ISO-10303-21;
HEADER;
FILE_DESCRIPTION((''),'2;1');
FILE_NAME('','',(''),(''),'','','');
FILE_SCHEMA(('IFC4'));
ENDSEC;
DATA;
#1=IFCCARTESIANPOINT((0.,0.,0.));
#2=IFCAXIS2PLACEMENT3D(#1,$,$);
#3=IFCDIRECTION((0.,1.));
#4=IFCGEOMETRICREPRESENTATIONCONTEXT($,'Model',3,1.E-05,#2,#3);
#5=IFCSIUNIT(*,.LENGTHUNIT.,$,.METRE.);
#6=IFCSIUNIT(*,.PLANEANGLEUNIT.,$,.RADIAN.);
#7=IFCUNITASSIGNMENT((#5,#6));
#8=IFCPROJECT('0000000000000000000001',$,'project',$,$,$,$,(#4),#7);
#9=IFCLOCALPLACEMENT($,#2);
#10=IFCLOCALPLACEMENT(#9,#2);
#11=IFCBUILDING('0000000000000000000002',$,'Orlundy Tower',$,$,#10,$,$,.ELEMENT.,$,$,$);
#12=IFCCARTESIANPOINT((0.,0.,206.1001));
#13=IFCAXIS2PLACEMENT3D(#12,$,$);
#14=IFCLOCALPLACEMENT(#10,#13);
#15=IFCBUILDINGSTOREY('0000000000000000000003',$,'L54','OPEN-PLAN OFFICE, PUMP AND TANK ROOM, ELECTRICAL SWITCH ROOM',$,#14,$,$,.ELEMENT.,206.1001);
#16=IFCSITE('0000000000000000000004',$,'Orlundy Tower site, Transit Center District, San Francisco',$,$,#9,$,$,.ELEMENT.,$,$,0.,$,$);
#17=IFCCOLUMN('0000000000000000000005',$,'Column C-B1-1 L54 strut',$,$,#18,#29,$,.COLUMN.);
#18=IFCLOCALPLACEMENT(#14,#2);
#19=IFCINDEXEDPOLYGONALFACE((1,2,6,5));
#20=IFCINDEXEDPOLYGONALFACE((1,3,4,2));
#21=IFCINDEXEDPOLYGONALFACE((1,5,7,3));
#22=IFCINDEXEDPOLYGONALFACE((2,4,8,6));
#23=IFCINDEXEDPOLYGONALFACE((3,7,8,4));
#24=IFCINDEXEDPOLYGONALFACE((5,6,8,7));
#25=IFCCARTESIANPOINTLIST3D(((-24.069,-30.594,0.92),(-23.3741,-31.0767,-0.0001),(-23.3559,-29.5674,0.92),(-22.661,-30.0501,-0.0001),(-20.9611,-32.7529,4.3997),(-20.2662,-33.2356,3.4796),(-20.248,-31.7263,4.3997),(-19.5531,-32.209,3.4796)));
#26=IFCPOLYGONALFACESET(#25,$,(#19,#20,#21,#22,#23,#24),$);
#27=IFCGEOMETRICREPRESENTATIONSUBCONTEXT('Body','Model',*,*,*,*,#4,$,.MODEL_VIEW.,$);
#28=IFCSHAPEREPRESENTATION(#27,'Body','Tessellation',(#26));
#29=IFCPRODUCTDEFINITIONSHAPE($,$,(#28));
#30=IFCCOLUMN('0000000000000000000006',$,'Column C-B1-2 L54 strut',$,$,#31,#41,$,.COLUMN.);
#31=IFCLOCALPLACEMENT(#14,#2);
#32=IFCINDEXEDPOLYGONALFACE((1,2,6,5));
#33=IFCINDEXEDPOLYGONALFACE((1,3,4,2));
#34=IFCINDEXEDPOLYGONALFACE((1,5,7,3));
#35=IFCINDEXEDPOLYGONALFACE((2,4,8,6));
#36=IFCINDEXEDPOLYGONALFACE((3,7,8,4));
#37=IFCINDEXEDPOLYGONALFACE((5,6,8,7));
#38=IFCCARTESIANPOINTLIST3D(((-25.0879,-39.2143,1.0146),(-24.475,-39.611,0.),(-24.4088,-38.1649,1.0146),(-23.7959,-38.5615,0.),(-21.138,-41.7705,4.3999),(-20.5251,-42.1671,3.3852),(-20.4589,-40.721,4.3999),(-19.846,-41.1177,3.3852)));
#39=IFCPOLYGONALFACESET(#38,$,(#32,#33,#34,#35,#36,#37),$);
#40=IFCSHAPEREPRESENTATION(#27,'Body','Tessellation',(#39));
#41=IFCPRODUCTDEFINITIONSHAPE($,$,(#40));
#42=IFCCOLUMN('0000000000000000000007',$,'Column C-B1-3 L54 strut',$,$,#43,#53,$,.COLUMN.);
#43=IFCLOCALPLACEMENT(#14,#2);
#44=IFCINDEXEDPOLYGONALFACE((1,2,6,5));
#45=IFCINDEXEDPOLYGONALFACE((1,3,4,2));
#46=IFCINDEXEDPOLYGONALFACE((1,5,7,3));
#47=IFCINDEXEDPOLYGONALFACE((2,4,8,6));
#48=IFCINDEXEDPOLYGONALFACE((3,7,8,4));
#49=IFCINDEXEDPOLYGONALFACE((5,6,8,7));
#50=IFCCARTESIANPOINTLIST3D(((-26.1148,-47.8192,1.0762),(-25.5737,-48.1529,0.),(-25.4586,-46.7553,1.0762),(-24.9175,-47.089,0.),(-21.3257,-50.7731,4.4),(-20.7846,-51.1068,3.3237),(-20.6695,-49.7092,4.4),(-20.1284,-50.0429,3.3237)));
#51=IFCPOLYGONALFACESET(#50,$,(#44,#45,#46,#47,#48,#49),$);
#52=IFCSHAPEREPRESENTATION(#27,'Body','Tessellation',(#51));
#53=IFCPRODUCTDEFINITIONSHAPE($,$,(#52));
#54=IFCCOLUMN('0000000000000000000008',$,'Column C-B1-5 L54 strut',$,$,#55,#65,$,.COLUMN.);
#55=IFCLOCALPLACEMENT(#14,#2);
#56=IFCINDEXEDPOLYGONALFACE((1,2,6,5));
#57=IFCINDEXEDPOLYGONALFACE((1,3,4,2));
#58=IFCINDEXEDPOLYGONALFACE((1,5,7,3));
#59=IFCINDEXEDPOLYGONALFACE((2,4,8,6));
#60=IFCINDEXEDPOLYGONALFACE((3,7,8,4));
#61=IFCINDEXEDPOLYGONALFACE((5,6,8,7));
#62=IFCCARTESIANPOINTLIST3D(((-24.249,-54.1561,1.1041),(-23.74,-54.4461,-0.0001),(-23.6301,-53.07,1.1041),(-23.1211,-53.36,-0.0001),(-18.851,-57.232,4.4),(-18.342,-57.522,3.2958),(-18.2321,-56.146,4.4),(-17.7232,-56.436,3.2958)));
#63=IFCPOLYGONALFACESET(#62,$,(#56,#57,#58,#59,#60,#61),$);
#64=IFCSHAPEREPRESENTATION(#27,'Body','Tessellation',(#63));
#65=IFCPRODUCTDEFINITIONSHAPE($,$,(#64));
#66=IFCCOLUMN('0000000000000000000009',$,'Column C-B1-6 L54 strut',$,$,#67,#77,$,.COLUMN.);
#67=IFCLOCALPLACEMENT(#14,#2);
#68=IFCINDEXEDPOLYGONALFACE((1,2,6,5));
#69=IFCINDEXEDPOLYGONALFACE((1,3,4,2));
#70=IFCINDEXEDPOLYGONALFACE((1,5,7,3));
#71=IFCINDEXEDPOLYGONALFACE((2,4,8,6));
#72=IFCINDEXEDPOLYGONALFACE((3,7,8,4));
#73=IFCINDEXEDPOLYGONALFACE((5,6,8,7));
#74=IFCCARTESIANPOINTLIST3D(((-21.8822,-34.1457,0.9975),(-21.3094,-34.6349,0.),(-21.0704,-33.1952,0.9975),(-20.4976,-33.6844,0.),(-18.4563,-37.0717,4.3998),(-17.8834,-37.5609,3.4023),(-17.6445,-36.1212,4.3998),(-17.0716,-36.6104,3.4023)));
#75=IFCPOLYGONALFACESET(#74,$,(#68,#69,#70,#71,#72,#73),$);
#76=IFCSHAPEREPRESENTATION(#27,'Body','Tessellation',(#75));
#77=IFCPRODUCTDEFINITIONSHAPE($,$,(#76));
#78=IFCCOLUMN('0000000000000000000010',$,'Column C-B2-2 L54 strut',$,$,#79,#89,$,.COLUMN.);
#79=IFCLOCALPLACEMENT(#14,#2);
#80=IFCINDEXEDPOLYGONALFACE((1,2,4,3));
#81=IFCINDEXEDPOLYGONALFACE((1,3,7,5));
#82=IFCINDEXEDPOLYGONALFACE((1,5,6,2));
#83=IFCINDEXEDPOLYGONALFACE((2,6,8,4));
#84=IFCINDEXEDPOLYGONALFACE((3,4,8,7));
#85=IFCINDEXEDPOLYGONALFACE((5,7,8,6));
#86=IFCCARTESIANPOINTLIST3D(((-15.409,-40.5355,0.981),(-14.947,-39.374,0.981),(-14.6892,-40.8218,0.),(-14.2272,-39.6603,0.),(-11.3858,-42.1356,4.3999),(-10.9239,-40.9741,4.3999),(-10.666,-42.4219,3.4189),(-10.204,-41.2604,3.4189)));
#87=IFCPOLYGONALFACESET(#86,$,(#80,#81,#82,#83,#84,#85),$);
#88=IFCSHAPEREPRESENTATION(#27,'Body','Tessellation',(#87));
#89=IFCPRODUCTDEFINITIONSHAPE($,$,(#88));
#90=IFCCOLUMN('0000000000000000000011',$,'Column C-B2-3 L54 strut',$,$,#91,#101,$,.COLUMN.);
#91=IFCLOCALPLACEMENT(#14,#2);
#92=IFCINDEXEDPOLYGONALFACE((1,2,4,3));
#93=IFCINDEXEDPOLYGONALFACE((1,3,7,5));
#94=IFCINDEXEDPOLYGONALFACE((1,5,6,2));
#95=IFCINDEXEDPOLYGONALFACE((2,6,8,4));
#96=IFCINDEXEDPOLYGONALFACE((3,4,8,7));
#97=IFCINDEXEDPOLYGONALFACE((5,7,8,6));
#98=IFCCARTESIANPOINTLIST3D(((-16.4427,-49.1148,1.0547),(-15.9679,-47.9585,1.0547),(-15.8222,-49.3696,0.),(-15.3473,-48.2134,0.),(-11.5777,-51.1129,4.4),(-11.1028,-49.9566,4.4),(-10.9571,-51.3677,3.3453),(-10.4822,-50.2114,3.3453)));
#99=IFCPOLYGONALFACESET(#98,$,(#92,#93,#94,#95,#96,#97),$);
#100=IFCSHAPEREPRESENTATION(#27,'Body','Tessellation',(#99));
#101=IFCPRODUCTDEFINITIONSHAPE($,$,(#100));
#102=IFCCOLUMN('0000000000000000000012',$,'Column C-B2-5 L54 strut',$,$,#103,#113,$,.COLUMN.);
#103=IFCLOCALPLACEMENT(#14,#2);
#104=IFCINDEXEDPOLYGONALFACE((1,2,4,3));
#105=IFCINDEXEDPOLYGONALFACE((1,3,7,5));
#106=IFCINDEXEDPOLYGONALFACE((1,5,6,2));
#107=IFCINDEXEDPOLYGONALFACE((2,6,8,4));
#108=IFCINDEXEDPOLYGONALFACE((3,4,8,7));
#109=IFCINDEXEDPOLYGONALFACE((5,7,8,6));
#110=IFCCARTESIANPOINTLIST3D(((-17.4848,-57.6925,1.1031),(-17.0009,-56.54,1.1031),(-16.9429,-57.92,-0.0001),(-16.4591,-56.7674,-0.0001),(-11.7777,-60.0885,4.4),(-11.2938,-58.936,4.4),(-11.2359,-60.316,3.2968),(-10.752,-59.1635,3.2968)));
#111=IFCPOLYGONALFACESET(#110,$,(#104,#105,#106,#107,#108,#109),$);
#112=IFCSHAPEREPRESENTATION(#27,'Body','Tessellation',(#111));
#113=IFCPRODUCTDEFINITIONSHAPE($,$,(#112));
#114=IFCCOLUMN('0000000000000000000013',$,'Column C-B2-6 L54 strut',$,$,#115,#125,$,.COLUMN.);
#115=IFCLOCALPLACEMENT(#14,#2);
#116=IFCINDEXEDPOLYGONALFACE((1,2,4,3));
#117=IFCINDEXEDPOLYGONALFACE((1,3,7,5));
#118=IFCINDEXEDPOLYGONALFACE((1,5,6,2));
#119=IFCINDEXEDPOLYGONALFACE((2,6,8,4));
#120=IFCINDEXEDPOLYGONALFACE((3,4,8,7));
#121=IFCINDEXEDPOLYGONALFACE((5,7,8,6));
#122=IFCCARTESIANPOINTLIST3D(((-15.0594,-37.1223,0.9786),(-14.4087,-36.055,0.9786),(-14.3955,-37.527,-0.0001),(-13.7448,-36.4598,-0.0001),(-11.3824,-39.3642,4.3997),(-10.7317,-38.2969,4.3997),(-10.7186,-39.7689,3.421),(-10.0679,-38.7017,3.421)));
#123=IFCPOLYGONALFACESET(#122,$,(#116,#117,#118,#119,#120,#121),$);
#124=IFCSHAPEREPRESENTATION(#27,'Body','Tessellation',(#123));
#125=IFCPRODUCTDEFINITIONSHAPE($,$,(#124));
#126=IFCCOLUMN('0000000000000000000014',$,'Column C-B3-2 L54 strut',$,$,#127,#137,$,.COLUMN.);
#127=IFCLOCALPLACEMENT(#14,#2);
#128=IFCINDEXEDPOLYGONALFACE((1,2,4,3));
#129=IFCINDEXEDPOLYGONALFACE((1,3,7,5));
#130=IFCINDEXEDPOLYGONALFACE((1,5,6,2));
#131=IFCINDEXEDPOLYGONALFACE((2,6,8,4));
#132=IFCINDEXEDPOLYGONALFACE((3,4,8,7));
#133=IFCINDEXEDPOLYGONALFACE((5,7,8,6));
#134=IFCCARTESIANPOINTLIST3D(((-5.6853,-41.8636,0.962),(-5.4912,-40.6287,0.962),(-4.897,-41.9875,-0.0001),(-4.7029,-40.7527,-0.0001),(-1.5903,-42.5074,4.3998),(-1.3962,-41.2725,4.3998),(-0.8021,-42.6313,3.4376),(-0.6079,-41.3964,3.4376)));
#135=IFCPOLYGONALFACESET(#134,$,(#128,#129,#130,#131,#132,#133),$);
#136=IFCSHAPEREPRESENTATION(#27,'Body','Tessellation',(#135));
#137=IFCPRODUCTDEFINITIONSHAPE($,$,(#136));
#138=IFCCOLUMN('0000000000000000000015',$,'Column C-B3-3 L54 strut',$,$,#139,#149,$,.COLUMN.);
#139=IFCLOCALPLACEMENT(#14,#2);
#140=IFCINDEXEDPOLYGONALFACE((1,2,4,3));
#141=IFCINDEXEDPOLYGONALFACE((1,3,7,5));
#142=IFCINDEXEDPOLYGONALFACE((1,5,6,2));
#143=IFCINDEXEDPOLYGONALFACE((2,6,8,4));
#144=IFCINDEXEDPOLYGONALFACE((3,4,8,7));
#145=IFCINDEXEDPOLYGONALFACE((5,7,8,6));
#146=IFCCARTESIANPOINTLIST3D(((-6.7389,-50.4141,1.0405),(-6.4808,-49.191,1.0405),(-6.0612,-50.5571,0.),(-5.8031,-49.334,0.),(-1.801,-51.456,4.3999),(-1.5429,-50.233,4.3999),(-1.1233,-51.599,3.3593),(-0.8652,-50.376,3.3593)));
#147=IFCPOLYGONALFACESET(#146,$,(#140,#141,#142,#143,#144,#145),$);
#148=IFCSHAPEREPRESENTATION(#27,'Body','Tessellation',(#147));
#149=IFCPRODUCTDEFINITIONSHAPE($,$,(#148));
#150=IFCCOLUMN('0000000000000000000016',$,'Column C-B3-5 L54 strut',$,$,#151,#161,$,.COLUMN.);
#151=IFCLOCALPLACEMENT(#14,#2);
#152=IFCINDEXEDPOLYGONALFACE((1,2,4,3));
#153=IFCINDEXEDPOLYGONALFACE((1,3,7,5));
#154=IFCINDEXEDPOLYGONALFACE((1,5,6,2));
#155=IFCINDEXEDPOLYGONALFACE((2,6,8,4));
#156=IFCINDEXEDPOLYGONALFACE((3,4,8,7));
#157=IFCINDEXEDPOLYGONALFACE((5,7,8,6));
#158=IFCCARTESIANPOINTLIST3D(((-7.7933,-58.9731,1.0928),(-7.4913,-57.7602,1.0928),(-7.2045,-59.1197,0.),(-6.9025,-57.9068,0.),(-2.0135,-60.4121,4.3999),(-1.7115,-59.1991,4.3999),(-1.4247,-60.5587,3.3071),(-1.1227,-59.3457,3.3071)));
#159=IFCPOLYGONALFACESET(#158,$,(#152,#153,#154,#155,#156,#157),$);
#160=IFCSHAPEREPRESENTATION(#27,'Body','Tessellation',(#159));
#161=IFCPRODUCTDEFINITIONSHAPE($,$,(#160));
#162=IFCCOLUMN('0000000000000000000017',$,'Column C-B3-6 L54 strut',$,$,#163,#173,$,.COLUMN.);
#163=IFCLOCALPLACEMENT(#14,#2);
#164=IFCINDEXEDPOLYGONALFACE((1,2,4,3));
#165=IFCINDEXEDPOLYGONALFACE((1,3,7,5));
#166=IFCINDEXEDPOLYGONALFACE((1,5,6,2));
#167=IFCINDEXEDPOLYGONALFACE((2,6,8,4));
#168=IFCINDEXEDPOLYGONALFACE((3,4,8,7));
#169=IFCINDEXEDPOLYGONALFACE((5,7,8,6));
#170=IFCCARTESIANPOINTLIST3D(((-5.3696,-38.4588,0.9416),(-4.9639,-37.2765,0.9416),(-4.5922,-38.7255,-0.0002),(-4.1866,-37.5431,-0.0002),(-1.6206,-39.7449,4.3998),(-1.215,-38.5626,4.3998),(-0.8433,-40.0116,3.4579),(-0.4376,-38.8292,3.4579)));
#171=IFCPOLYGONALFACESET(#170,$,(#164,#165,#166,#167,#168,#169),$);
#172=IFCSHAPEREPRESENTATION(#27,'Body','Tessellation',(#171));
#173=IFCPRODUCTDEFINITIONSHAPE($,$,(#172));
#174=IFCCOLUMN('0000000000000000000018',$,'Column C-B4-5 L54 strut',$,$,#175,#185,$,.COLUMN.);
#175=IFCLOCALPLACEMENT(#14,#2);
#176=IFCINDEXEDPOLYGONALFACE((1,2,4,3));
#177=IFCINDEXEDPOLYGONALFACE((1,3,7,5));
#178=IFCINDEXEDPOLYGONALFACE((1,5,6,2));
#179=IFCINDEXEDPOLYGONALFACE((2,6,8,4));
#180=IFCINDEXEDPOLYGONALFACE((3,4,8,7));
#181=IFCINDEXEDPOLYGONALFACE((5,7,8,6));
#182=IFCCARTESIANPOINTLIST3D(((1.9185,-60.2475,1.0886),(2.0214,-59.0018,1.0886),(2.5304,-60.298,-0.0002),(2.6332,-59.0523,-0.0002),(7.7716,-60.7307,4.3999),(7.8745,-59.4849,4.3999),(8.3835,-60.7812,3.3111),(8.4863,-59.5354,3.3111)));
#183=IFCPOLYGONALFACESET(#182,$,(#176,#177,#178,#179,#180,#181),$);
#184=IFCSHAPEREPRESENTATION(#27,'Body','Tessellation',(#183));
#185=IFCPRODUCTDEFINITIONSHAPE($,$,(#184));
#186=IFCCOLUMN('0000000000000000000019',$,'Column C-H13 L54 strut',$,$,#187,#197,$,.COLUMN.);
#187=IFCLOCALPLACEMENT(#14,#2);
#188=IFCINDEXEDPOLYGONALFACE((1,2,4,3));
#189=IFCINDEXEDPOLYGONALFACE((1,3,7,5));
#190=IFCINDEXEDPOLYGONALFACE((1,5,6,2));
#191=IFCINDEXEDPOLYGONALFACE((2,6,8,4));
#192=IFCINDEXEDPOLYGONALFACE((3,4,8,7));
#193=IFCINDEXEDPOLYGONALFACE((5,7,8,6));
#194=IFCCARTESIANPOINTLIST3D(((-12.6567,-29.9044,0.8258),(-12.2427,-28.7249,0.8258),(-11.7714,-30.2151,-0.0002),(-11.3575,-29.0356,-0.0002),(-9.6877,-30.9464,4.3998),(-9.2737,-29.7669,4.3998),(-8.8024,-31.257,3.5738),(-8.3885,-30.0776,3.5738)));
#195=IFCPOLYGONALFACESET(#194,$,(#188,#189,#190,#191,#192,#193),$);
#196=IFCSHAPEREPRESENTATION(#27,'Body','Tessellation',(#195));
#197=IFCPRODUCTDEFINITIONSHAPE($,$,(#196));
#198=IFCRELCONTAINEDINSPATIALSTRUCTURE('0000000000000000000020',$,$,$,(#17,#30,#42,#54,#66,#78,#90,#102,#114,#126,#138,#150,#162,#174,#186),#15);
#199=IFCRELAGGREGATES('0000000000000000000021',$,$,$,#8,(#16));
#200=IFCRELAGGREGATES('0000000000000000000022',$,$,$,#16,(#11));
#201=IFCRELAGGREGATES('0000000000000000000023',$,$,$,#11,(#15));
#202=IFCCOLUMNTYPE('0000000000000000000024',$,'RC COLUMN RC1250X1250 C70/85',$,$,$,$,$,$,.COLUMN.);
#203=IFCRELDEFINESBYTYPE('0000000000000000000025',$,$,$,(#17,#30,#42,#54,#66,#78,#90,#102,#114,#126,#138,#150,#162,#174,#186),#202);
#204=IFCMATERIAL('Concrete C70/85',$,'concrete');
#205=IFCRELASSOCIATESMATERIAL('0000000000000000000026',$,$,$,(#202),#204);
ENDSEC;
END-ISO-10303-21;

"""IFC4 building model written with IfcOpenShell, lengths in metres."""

from ifc_helpers import new_model, si_unit, direction, frame, origin, origin_2d, place, context, subcontext, project, spatial, rectangle, extrude, material, material_profile, profile_set, type_object, element, save


model = new_model("IFC4")

# Units and contexts
model_context = context("Model", 3, precision=1e-05, world=origin(), true_north=direction((0.0, 1.0)))
body_context = subcontext(model_context, "Body", "Model", "MODEL_VIEW")
ifc_project = project(units=[si_unit("LENGTHUNIT", "METRE"), si_unit("PLANEANGLEUNIT", "RADIAN")], contexts=[model_context])

# Site, building, storey
site_placement = place(None, origin())
site = spatial("IfcSite", under=ifc_project, at=site_placement, Name="Orlundy Tower site, Transit Center District, San Francisco", CompositionType="ELEMENT", RefElevation=0.0)
building_placement = place(site_placement, origin())
building = spatial("IfcBuilding", under=site, at=building_placement, Name="Orlundy Tower", CompositionType="ELEMENT")
storey_placement = place(building_placement, frame((0.0, 0.0, 206.1001)))
storey = spatial("IfcBuildingStorey", under=building, at=storey_placement, Name="L54", Description="OPEN-PLAN OFFICE, PUMP AND TANK ROOM, ELECTRICAL SWITCH ROOM", CompositionType="ELEMENT", Elevation=206.1001)

# Columns
ifc_material_1 = material(Name="Concrete C70/85", Category="concrete")
ifc_material_profile_1 = material_profile(ifc_material_1, rectangle(XDim=1.25, YDim=1.25, at=origin_2d()), Name="RC1250X1250")
ifc_profile_set_1 = profile_set([ifc_material_profile_1], Name="Concrete C70/85")
column_type = type_object("IfcColumnType", Name="RC COLUMN RC1250X1250 C70/85", PredefinedType="COLUMN", material=ifc_profile_set_1)
column_1_placement = place(storey_placement, frame((-23.365, -30.322, 0.46), z_axis=(0.604548, -0.419954, 0.676875), x_axis=(0.570514, 0.821288, 0.0)))
element("IfcColumn", 1, at=column_1_placement, inside=storey, type_object=column_type, Name="Column C-B1-1 L54 strut", PredefinedType="COLUMN", context=body_context, shape_type="SweptSolid", body=[
    extrude(rectangle(XDim=1.25, YDim=1.25, at=origin_2d()), origin(), (0.0, 0.0, 1.0), 5.1409),
])
column_2_placement = place(storey_placement, frame((-24.4419, -38.8879, 0.5073), z_axis=(0.681472, -0.441005, 0.584047), x_axis=(0.543296, 0.839541, 0.0)))
element("IfcColumn", 2, at=column_2_placement, inside=storey, type_object=column_type, Name="Column C-B1-2 L54 strut", PredefinedType="COLUMN", context=body_context, shape_type="SweptSolid", body=[
    extrude(rectangle(XDim=1.25, YDim=1.25, at=origin_2d()), origin(), (0.0, 0.0, 1.0), 5.7961),
])
column_3_placement = place(storey_placement, frame((-25.5161, -47.4541, 0.5381), z_axis=(0.732821, -0.451999, 0.508596), x_axis=(0.524966, 0.851123, 0.0)))
element("IfcColumn", 3, at=column_3_placement, inside=storey, type_object=column_type, Name="Column C-B1-3 L54 strut", PredefinedType="COLUMN", context=body_context, shape_type="SweptSolid", body=[
    extrude(rectangle(XDim=1.25, YDim=1.25, at=origin_2d()), origin(), (0.0, 0.0, 1.0), 6.5352),
])
column_4_placement = place(storey_placement, frame((-23.6851, -53.7581, 0.552), z_axis=(0.767525, -0.437361, 0.468638), x_axis=(0.495093, 0.86884, 0.0)))
element("IfcColumn", 4, at=column_4_placement, inside=storey, type_object=column_type, Name="Column C-B1-5 L54 strut", PredefinedType="COLUMN", context=body_context, shape_type="SweptSolid", body=[
    extrude(rectangle(XDim=1.25, YDim=1.25, at=origin_2d()), origin(), (0.0, 0.0, 1.0), 7.033),
])
column_5_placement = place(storey_placement, frame((-21.1899, -33.915, 0.4988), z_axis=(0.606826, -0.518265, 0.602631), x_axis=(0.649438, 0.760414, 0.0)))
element("IfcColumn", 5, at=column_5_placement, inside=storey, type_object=column_type, Name="Column C-B1-6 L54 strut", PredefinedType="COLUMN", context=body_context, shape_type="SweptSolid", body=[
    extrude(rectangle(XDim=1.25, YDim=1.25, at=origin_2d()), origin(), (0.0, 0.0, 1.0), 5.6458),
])
column_6_placement = place(storey_placement, frame((-14.8181, -40.0979, 0.4905), z_axis=(0.729256, -0.290039, 0.619728), x_axis=(0.369562, 0.929206, 0.0)))
element("IfcColumn", 6, at=column_6_placement, inside=storey, type_object=column_type, Name="Column C-B2-2 L54 strut", PredefinedType="COLUMN", context=body_context, shape_type="SweptSolid", body=[
    extrude(rectangle(XDim=1.25, YDim=1.25, at=origin_2d()), origin(), (0.0, 0.0, 1.0), 5.5168),
])
column_7_placement = place(storey_placement, frame((-15.895, -48.6641, 0.5273), z_axis=(0.780516, -0.320557, 0.536691), x_axis=(0.379907, 0.925025, 0.0)))
element("IfcColumn", 7, at=column_7_placement, inside=storey, type_object=column_type, Name="Column C-B2-3 L54 strut", PredefinedType="COLUMN", context=body_context, shape_type="SweptSolid", body=[
    extrude(rectangle(XDim=1.25, YDim=1.25, at=origin_2d()), origin(), (0.0, 0.0, 1.0), 6.2332),
])
column_8_placement = place(storey_placement, frame((-16.9719, -57.23, 0.5515), z_axis=(0.813794, -0.341657, 0.470118), x_axis=(0.387101, 0.922037, 0.0)))
element("IfcColumn", 8, at=column_8_placement, inside=storey, type_object=column_type, Name="Column C-B2-5 L54 strut", PredefinedType="COLUMN", context=body_context, shape_type="SweptSolid", body=[
    extrude(rectangle(XDim=1.25, YDim=1.25, at=origin_2d()), origin(), (0.0, 0.0, 1.0), 7.0129),
])
column_9_placement = place(storey_placement, frame((-14.4021, -36.791, 0.4893), z_axis=(0.668536, -0.40762, 0.622017), x_axis=(0.520585, 0.85381, 0.0)))
element("IfcColumn", 9, at=column_9_placement, inside=storey, type_object=column_type, Name="Column C-B2-6 L54 strut", PredefinedType="COLUMN", context=body_context, shape_type="SweptSolid", body=[
    extrude(rectangle(XDim=1.25, YDim=1.25, at=origin_2d()), origin(), (0.0, 0.0, 1.0), 5.5),
])
column_10_placement = place(storey_placement, frame((-5.1941, -41.3081, 0.481), z_axis=(0.760399, -0.119548, 0.638358), x_axis=(0.155309, 0.987866, 0.0)))
element("IfcColumn", 10, at=column_10_placement, inside=storey, type_object=column_type, Name="Column C-B3-2 L54 strut", PredefinedType="COLUMN", context=body_context, shape_type="SweptSolid", body=[
    extrude(rectangle(XDim=1.25, YDim=1.25, at=origin_2d()), origin(), (0.0, 0.0, 1.0), 5.3853),
])
column_11_placement = place(storey_placement, frame((-6.271, -49.874, 0.5203), z_axis=(0.814503, -0.171873, 0.554116), x_axis=(0.206469, 0.978453, 0.0)))
element("IfcColumn", 11, at=column_11_placement, inside=storey, type_object=column_type, Name="Column C-B3-3 L54 strut", PredefinedType="COLUMN", context=body_context, shape_type="SweptSolid", body=[
    extrude(rectangle(XDim=1.25, YDim=1.25, at=origin_2d()), origin(), (0.0, 0.0, 1.0), 6.0625),
])
column_12_placement = place(storey_placement, frame((-7.3479, -58.4399, 0.5464), z_axis=(0.848377, -0.211216, 0.485432), x_axis=(0.24159, 0.970378, 0.0)))
element("IfcColumn", 12, at=column_12_placement, inside=storey, type_object=column_type, Name="Column C-B3-5 L54 strut", PredefinedType="COLUMN", context=body_context, shape_type="SweptSolid", body=[
    extrude(rectangle(XDim=1.25, YDim=1.25, at=origin_2d()), origin(), (0.0, 0.0, 1.0), 6.8127),
])
column_13_placement = place(storey_placement, frame((-4.7781, -38.001, 0.4707), z_axis=(0.712726, -0.244507, 0.657448), x_axis=(0.324494, 0.945888, 0.0)))
element("IfcColumn", 13, at=column_13_placement, inside=storey, type_object=column_type, Name="Column C-B3-6 L54 strut", PredefinedType="COLUMN", context=body_context, shape_type="SweptSolid", body=[
    extrude(rectangle(XDim=1.25, YDim=1.25, at=origin_2d()), origin(), (0.0, 0.0, 1.0), 5.26),
])
column_14_placement = place(storey_placement, frame((2.2759, -59.6499, 0.5442), z_axis=(0.868131, -0.071662, 0.491135), x_axis=(0.082268, 0.99661, 0.0)))
element("IfcColumn", 14, at=column_14_placement, inside=storey, type_object=column_type, Name="Column C-B4-5 L54 strut", PredefinedType="COLUMN", context=body_context, shape_type="SweptSolid", body=[
    extrude(rectangle(XDim=1.25, YDim=1.25, at=origin_2d()), origin(), (0.0, 0.0, 1.0), 6.7422),
])
column_15_placement = place(storey_placement, frame((-12.0071, -29.47, 0.4128), z_axis=(0.623513, -0.218827, 0.750564), x_axis=(0.331156, 0.943576, 0.0)))
element("IfcColumn", 15, at=column_15_placement, inside=storey, type_object=column_type, Name="Column C-H13 L54 strut", PredefinedType="COLUMN", context=body_context, shape_type="SweptSolid", body=[
    extrude(rectangle(XDim=1.25, YDim=1.25, at=origin_2d()), origin(), (0.0, 0.0, 1.0), 4.7617),
])

save(model, "model.ifc")
